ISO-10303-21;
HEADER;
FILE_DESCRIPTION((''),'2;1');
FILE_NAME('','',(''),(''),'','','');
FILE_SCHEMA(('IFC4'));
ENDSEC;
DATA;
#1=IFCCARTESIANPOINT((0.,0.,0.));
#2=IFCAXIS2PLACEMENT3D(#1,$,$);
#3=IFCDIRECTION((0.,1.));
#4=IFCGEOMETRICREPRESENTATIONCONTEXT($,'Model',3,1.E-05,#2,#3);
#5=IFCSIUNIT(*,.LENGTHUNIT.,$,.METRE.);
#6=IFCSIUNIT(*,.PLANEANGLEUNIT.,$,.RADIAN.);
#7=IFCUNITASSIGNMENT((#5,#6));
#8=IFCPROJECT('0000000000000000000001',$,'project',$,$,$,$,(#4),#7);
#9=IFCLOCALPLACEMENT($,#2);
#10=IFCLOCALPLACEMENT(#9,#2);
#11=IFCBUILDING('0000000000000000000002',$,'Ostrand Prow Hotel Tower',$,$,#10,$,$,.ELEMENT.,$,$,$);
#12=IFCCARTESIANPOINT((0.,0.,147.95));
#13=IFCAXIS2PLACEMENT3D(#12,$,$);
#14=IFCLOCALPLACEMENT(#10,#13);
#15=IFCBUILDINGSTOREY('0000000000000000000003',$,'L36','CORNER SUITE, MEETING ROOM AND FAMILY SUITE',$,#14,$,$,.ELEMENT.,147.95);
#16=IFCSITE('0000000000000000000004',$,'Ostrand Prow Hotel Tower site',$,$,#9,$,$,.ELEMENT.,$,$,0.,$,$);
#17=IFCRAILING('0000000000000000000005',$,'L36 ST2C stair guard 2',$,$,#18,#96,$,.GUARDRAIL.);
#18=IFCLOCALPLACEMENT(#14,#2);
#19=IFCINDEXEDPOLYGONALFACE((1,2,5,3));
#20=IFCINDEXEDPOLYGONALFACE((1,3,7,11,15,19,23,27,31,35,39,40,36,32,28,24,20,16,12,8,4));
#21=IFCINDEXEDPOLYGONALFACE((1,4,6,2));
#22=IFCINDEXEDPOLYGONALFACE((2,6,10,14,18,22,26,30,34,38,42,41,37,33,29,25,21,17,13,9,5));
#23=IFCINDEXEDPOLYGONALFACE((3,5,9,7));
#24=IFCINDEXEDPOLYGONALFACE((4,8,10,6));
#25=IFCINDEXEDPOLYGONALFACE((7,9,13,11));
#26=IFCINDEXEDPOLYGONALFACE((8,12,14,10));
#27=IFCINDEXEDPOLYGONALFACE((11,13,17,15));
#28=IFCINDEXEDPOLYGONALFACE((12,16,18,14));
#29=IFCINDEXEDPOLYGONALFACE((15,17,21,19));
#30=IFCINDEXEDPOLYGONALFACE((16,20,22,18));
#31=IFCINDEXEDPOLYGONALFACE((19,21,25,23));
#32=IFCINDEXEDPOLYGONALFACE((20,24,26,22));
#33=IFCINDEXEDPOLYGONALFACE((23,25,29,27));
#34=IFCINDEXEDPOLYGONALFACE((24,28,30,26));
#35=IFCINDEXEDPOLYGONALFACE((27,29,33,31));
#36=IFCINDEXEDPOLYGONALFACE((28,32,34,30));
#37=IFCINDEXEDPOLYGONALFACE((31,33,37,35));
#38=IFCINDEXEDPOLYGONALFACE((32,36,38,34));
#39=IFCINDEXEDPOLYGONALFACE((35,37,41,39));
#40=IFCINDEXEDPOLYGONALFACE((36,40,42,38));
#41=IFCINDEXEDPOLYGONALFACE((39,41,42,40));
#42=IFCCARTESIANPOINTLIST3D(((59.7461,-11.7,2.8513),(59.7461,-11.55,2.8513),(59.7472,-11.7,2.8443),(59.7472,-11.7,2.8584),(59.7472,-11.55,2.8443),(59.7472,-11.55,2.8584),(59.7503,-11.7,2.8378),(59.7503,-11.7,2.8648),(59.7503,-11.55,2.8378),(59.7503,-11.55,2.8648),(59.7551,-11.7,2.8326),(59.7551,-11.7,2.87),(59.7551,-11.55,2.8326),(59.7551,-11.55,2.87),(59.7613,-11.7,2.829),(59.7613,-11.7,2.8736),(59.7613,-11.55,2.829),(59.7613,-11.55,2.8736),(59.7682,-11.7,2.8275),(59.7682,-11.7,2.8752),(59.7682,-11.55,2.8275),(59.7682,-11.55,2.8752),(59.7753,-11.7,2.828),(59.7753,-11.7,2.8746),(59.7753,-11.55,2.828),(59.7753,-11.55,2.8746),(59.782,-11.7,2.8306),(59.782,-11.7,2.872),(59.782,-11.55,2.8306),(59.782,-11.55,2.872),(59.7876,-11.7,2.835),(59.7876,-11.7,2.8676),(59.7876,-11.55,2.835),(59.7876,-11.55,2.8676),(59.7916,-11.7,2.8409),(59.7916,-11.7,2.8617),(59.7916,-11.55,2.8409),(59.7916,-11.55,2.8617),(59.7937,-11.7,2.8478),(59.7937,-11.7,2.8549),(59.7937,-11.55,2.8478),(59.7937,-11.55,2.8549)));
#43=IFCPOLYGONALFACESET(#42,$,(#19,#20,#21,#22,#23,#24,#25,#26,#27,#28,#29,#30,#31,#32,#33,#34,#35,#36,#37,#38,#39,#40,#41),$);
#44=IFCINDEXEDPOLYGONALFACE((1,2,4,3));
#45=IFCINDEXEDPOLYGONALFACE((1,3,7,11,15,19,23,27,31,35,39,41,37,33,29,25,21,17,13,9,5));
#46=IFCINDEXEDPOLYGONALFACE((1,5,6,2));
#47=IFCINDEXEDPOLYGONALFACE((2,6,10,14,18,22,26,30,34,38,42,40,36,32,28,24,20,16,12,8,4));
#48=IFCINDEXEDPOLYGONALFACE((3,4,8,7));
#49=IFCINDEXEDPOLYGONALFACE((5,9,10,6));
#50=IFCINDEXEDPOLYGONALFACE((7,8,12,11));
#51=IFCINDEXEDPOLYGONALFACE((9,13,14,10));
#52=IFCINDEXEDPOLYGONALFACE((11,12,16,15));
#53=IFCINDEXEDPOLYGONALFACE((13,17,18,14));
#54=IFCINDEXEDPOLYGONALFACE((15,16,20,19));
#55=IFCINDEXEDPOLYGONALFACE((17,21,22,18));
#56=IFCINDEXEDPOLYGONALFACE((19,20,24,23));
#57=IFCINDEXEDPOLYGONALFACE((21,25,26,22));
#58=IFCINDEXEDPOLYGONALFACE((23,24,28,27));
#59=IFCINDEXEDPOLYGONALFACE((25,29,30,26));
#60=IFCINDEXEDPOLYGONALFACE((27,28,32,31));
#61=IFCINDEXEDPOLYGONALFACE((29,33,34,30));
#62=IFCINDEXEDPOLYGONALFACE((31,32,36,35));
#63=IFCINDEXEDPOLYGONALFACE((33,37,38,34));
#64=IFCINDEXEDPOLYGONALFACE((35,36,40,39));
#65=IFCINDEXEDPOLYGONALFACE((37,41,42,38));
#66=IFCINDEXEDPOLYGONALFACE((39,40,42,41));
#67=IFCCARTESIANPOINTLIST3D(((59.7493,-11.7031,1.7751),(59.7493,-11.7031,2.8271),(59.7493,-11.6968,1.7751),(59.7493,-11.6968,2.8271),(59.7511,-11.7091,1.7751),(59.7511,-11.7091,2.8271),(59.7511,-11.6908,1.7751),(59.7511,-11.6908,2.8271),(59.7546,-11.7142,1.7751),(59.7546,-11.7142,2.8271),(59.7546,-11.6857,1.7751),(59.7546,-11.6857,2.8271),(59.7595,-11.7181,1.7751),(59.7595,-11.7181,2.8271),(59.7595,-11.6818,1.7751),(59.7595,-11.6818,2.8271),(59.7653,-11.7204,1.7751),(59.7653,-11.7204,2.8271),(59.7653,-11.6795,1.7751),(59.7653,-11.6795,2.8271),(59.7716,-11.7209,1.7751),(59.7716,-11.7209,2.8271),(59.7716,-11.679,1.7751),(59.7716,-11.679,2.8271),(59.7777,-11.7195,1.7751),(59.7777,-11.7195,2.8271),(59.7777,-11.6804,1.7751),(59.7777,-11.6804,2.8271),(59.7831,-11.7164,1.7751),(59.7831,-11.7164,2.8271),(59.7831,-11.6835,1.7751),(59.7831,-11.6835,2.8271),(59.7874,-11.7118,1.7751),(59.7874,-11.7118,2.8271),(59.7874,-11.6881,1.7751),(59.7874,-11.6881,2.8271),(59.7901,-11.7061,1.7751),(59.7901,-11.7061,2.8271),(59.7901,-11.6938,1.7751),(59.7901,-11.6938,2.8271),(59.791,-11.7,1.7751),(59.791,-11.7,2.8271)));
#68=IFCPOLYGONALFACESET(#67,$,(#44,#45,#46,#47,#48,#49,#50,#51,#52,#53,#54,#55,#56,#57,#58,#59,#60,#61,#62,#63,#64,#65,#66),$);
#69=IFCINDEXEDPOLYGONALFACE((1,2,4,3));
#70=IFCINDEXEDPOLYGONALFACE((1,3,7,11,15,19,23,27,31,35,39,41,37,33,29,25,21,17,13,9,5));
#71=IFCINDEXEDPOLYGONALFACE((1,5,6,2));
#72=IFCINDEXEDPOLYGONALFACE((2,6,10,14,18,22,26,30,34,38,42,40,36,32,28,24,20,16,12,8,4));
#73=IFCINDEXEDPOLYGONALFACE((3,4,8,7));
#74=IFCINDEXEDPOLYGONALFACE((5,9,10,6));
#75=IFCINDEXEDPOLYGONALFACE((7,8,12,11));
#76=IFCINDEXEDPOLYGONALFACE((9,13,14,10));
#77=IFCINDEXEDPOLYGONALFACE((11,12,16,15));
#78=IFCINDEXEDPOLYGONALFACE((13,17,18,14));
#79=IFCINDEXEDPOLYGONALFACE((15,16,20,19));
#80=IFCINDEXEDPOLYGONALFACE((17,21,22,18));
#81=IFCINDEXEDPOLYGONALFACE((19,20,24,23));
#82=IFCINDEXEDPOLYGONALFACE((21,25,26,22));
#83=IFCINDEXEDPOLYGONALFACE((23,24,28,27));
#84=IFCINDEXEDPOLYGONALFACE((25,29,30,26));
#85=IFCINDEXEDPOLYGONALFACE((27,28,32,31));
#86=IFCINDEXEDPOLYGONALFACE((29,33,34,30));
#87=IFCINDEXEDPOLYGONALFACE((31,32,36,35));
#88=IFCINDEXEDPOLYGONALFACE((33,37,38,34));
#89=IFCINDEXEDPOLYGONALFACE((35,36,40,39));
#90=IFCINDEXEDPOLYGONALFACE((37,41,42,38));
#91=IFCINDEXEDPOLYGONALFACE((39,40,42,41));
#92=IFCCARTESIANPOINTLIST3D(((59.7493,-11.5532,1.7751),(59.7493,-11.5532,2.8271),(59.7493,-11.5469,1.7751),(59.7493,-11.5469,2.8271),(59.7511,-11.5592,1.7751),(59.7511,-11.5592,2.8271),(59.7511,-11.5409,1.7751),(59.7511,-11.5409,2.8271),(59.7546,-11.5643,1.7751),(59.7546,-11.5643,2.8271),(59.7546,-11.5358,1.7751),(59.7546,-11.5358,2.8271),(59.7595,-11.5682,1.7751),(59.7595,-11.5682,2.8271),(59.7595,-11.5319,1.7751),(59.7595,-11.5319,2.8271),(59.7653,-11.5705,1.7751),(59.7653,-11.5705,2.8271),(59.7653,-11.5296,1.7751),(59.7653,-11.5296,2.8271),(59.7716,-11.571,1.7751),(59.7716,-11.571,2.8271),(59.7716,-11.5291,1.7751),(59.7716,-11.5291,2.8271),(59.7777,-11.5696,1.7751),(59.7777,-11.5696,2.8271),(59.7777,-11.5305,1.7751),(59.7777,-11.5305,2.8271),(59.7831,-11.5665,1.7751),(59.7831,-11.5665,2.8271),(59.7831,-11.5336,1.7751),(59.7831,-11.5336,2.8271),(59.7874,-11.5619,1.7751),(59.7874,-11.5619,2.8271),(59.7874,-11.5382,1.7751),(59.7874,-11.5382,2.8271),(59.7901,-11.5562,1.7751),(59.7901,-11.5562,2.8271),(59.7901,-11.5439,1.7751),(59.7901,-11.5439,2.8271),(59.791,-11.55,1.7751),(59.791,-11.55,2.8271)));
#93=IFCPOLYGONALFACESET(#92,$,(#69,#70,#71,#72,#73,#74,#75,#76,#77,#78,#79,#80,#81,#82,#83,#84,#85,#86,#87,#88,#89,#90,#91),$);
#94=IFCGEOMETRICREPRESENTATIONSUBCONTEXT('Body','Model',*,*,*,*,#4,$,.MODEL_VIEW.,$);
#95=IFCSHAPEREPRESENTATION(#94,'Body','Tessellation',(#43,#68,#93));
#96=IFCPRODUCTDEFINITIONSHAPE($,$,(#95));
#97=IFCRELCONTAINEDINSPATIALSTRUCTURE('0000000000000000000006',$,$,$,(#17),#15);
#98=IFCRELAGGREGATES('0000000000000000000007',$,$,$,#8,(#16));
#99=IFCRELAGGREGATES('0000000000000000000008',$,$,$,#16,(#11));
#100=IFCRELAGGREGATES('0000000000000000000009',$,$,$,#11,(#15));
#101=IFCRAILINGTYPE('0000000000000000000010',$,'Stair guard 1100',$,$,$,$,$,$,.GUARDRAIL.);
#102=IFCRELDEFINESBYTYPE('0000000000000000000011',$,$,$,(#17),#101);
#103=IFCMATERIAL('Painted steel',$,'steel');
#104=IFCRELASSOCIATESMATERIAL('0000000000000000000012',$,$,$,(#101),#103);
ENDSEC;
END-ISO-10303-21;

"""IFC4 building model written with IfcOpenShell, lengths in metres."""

from ifc_helpers import new_model, si_unit, direction, frame, origin, origin_2d, place, context, subcontext, project, spatial, circle, extrude, material, type_object, element, save


model = new_model("IFC4")

# Units and contexts
model_context = context("Model", 3, precision=1e-05, world=origin(), true_north=direction((0.0, 1.0)))
body_context = subcontext(model_context, "Body", "Model", "MODEL_VIEW")
ifc_project = project(units=[si_unit("LENGTHUNIT", "METRE"), si_unit("PLANEANGLEUNIT", "RADIAN")], contexts=[model_context])

# Site, building, storey
site_placement = place(None, origin())
site = spatial("IfcSite", under=ifc_project, at=site_placement, Name="Ostrand Prow Hotel Tower site", CompositionType="ELEMENT", RefElevation=0.0)
building_placement = place(site_placement, origin())
building = spatial("IfcBuilding", under=site, at=building_placement, Name="Ostrand Prow Hotel Tower", CompositionType="ELEMENT")
storey_placement = place(building_placement, frame((0.0, 0.0, 147.95)))
storey = spatial("IfcBuildingStorey", under=building, at=storey_placement, Name="L36", Description="CORNER SUITE, MEETING ROOM AND FAMILY SUITE", CompositionType="ELEMENT", Elevation=147.95)

# Railing
ifc_material_1 = material(Name="Painted steel", Category="steel")
railing_type_1 = type_object("IfcRailingType", Name="Stair guard 1100", PredefinedType="GUARDRAIL", material=ifc_material_1)
railing_1_placement = place(storey_placement, frame((59.77, -11.7, 1.7751)))
element("IfcRailing", 1, at=railing_1_placement, inside=storey, type_object=railing_type_1, Name="L36 ST2C stair guard 2", PredefinedType="GUARDRAIL", context=body_context, shape_type="SweptSolid", body=[
    extrude(circle(Radius=0.0239, at=origin_2d()), frame((0.0, 0.0, 1.0762), z_axis=(0.0, 1.0, 0.0), x_axis=(-1.0, 0.0, 0.0)), (0.0, 0.0, 1.0), 0.1499),
    extrude(circle(Radius=0.021, at=origin_2d()), origin(), (0.0, 0.0, 1.0), 1.052),
    extrude(circle(Radius=0.021, at=origin_2d()), frame((0.0, 0.1499, 0.0)), (0.0, 0.0, 1.0), 1.052),
])

save(model, "model.ifc")
